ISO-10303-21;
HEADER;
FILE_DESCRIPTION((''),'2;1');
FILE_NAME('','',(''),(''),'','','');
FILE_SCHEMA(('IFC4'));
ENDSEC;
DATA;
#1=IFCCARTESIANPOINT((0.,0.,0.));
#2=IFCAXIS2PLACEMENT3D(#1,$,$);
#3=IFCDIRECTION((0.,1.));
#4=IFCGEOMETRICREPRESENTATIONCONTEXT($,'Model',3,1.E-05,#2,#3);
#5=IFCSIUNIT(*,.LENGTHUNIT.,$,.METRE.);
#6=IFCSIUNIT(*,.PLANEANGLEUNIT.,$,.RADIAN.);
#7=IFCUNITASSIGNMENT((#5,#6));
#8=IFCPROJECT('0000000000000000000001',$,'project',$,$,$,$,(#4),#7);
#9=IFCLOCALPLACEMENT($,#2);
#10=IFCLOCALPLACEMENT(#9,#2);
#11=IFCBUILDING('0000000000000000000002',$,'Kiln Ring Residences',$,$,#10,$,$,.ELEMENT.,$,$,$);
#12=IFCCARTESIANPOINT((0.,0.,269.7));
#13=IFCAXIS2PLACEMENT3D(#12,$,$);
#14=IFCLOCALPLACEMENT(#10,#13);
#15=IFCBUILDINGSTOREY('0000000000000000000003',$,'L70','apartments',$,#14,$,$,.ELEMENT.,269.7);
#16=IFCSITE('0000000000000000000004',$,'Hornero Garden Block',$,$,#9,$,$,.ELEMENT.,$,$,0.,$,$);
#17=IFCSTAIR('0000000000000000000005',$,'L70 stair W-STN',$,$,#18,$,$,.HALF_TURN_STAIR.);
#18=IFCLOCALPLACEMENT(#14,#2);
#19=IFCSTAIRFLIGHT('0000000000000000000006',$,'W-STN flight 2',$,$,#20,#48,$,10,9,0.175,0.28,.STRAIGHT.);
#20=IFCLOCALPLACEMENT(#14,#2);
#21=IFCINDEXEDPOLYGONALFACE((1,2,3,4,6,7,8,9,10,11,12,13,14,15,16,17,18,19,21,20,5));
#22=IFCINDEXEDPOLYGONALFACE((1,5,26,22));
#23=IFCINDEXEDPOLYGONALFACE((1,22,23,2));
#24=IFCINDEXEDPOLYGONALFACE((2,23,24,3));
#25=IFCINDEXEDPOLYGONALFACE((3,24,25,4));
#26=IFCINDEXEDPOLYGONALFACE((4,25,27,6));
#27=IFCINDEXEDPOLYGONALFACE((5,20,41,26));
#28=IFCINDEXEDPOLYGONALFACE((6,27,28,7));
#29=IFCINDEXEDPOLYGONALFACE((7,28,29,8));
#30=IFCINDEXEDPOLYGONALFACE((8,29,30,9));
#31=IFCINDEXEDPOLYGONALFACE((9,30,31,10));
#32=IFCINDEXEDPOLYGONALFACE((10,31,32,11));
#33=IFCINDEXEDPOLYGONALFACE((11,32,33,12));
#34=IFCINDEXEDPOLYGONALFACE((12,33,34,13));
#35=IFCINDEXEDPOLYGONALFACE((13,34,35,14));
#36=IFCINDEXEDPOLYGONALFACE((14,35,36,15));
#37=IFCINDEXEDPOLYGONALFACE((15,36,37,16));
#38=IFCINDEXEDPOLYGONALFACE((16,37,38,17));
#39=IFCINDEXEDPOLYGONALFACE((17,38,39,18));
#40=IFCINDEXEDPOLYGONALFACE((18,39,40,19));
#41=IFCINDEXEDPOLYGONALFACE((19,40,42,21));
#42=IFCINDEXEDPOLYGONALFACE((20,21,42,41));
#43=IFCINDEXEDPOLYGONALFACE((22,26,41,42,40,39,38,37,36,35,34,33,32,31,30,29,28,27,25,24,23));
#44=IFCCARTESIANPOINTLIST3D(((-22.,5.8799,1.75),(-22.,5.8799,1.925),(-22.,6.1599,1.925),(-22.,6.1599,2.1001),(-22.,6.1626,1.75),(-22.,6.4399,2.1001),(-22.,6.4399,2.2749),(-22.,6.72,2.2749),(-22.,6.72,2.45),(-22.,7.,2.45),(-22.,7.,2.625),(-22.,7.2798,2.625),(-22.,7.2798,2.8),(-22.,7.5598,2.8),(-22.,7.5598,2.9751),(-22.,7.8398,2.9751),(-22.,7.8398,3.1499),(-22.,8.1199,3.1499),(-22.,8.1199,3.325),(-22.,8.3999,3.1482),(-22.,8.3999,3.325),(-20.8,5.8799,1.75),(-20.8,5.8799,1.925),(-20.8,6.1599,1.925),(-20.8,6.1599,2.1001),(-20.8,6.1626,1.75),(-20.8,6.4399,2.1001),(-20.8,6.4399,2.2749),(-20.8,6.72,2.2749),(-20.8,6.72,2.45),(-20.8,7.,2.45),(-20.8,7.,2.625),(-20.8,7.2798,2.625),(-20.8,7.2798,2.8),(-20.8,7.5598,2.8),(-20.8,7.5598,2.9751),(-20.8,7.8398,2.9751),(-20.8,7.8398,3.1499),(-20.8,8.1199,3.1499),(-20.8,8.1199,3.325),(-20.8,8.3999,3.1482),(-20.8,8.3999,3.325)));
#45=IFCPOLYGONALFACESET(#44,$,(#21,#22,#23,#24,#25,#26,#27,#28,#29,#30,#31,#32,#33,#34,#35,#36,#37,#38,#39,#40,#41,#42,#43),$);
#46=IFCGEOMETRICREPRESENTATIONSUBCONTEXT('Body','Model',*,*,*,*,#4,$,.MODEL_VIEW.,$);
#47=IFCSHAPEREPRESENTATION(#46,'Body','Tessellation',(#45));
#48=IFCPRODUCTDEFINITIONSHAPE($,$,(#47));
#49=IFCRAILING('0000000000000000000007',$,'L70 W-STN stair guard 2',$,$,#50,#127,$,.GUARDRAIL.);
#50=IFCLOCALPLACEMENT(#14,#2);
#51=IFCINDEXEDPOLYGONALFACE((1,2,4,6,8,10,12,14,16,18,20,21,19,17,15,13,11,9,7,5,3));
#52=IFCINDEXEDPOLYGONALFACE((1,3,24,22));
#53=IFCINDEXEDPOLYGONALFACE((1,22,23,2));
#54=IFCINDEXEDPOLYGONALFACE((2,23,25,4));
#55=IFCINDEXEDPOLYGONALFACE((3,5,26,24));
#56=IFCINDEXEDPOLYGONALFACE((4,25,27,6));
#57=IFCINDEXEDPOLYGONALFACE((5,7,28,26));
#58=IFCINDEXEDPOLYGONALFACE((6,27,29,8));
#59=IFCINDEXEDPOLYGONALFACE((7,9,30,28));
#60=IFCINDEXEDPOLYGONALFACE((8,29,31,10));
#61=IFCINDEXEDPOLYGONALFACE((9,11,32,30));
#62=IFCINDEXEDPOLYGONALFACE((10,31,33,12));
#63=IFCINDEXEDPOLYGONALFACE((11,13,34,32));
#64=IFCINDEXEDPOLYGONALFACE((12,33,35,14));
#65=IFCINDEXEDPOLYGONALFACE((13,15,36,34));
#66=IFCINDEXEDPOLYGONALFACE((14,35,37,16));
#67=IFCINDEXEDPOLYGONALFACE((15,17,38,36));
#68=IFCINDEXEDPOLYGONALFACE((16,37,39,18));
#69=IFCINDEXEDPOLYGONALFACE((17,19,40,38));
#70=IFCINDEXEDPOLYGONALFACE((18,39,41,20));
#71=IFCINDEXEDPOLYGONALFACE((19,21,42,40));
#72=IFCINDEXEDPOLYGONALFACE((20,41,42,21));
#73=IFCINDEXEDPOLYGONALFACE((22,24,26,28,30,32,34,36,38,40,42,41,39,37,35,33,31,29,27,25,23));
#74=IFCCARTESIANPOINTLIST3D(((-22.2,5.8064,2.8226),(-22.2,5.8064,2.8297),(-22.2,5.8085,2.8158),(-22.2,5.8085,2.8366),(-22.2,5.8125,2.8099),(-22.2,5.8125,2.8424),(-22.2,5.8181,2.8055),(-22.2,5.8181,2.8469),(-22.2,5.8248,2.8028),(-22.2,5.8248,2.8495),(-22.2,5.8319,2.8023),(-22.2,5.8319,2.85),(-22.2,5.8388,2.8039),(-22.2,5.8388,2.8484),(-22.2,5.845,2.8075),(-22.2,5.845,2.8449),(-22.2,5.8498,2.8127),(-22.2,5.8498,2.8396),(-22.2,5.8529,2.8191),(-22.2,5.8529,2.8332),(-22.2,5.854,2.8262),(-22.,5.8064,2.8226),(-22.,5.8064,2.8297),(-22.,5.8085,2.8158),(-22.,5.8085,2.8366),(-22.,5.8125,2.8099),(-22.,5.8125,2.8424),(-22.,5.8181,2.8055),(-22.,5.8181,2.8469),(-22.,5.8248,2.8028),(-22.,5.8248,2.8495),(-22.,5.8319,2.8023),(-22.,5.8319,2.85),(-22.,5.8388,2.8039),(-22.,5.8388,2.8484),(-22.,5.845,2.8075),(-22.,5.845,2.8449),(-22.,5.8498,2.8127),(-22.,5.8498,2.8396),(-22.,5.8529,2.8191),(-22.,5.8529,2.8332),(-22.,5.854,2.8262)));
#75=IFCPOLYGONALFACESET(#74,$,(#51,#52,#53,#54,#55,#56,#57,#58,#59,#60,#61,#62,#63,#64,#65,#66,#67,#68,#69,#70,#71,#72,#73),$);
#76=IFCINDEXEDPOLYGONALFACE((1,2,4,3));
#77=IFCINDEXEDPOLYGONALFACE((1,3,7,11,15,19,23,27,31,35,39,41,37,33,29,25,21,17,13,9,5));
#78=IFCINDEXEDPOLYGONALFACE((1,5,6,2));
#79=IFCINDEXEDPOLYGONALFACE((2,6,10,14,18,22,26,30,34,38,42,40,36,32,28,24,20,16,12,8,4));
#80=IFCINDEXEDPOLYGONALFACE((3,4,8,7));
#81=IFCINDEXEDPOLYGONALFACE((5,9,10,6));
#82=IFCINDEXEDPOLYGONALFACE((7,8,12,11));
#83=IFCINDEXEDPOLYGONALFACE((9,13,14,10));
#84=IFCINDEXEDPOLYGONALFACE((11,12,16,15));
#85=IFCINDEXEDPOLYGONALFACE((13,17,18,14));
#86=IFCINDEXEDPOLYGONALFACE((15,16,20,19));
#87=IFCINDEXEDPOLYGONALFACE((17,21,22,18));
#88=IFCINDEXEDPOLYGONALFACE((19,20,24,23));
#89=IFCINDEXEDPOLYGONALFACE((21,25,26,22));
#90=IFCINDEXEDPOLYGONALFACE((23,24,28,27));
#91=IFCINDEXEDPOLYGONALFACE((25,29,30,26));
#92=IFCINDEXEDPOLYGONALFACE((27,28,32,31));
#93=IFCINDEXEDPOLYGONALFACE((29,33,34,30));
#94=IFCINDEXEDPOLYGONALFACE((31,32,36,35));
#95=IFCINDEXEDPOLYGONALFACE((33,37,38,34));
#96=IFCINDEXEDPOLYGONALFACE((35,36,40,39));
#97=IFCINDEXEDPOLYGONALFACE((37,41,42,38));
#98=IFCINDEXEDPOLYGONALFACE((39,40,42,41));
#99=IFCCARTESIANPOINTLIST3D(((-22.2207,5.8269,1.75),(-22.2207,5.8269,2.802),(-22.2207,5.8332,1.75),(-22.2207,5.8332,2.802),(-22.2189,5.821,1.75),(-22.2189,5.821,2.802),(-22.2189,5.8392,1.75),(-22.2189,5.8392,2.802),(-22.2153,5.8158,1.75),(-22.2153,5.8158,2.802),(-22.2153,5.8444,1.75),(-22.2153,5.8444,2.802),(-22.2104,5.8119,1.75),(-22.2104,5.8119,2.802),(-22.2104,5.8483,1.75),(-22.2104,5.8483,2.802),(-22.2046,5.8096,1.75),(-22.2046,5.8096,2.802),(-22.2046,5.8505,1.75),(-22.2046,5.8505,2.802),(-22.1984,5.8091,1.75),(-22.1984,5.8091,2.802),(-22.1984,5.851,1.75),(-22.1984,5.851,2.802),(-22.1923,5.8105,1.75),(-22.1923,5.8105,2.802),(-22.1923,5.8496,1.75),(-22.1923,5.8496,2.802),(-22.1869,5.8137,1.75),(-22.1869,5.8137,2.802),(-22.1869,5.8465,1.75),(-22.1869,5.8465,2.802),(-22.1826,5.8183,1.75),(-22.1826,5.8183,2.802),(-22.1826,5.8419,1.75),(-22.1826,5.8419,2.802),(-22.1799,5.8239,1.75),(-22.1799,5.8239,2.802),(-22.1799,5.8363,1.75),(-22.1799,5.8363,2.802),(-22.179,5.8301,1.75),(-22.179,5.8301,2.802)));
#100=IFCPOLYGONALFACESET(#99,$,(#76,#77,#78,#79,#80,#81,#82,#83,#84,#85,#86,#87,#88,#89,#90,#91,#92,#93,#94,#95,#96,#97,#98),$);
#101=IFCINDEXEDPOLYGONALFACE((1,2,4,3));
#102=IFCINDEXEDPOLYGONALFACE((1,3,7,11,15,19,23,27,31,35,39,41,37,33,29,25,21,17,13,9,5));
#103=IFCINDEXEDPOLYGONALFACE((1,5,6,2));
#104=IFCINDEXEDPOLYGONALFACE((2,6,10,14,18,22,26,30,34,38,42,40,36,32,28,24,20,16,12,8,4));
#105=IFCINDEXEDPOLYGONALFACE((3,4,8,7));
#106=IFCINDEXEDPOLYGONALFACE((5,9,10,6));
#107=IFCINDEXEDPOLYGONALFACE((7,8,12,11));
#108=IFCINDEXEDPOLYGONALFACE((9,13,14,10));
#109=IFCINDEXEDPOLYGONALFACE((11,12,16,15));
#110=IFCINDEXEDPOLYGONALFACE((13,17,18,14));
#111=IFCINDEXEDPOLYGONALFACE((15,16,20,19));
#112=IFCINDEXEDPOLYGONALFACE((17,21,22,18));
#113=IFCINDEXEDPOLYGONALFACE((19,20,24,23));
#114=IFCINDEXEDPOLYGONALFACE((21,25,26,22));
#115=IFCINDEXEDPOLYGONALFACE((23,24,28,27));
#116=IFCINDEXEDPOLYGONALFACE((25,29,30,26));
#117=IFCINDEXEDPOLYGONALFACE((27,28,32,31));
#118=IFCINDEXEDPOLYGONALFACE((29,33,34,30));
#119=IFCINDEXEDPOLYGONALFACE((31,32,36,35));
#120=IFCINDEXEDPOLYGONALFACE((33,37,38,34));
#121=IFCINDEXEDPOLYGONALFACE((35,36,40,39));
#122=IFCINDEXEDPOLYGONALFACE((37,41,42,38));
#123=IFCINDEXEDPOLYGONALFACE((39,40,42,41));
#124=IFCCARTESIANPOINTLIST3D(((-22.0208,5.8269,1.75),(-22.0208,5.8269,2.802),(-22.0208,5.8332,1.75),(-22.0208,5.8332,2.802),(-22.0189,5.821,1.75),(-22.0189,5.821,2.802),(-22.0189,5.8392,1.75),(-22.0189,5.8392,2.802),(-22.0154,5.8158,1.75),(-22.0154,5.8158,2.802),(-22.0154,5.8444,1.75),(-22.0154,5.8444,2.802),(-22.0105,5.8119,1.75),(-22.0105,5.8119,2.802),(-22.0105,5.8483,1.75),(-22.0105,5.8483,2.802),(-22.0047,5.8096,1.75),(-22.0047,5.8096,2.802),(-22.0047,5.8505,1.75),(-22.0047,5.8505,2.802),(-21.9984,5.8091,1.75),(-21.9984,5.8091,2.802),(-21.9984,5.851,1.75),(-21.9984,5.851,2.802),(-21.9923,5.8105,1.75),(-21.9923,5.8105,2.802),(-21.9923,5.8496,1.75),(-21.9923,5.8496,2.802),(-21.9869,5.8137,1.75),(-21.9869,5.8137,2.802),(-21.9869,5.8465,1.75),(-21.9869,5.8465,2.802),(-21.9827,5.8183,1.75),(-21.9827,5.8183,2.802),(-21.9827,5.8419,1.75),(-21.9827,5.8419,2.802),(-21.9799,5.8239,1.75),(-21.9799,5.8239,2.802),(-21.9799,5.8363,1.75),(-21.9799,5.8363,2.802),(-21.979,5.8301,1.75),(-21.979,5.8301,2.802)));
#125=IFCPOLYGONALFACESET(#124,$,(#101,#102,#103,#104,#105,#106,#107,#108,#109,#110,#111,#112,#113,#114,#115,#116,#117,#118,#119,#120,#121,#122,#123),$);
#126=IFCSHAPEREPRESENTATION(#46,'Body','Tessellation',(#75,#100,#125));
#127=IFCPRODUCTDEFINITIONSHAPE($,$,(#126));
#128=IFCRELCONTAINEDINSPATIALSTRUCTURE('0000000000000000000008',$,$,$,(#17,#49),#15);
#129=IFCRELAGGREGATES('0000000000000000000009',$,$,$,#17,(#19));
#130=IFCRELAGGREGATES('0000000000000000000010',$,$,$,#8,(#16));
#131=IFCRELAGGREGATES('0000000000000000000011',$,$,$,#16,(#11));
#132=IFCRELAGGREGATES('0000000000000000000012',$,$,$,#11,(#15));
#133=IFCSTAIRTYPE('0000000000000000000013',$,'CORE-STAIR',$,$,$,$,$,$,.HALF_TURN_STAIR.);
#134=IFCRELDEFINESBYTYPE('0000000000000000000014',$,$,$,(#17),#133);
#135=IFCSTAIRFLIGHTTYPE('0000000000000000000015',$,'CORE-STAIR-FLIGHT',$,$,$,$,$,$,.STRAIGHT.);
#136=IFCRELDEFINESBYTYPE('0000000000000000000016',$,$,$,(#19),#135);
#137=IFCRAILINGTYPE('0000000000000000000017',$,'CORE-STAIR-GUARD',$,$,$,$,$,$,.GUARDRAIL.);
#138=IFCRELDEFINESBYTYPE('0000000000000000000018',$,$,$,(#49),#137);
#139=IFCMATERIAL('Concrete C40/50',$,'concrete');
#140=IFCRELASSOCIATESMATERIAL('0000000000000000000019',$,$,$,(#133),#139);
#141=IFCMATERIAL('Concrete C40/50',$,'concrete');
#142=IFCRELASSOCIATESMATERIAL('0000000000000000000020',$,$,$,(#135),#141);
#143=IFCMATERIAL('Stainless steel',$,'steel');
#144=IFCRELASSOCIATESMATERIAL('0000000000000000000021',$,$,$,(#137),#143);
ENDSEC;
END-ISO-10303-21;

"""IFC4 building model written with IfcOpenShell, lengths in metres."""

from ifc_helpers import new_model, si_unit, direction, frame, origin, origin_2d, place, context, subcontext, project, spatial, polyline, circle, outline, extrude, material, type_object, element, aggregate, save


model = new_model("IFC4")

# Units and contexts
model_context = context("Model", 3, precision=1e-05, world=origin(), true_north=direction((0.0, 1.0)))
body_context = subcontext(model_context, "Body", "Model", "MODEL_VIEW")
ifc_project = project(units=[si_unit("LENGTHUNIT", "METRE"), si_unit("PLANEANGLEUNIT", "RADIAN")], contexts=[model_context])

# Site, building, storey
site_placement = place(None, origin())
site = spatial("IfcSite", under=ifc_project, at=site_placement, Name="Hornero Garden Block", CompositionType="ELEMENT", RefElevation=0.0)
building_placement = place(site_placement, origin())
building = spatial("IfcBuilding", under=site, at=building_placement, Name="Kiln Ring Residences", CompositionType="ELEMENT")
storey_placement = place(building_placement, frame((0.0, 0.0, 269.7)))
storey = spatial("IfcBuildingStorey", under=building, at=storey_placement, Name="L70", Description="apartments", CompositionType="ELEMENT", Elevation=269.7)

# Stair, stair flight
ifc_material_1 = material(Name="Concrete C40/50", Category="concrete")
stair_type = type_object("IfcStairType", Name="CORE-STAIR", PredefinedType="HALF_TURN_STAIR", material=ifc_material_1)
stair_placement = place(storey_placement, origin())
stair = element("IfcStair", 1, at=stair_placement, inside=storey, type_object=stair_type, Name="L70 stair W-STN", PredefinedType="HALF_TURN_STAIR")
ifc_material_2 = material(Name="Concrete C40/50", Category="concrete")
stair_flight_type = type_object("IfcStairFlightType", Name="CORE-STAIR-FLIGHT", PredefinedType="STRAIGHT", material=ifc_material_2)
stair_flight_placement = place(storey_placement, frame((-21.3999, 5.8799, 1.75), z_axis=(0.0, 0.0, 1.0), x_axis=(0.0, 1.0, 0.0)))
stair_flight = element("IfcStairFlight", 2, at=stair_flight_placement, type_object=stair_flight_type, Name="W-STN flight 2", NumberOfRisers=10, NumberOfTreads=9, PredefinedType="STRAIGHT", RiserHeight=0.175, TreadLength=0.28, context=body_context, shape_type="SweptSolid", body=[
    extrude(outline(polyline([(0.0, 0.0), (0.0, 0.175), (0.28, 0.175), (0.28, 0.3501), (0.5601, 0.3501), (0.5601, 0.5249), (0.8401, 0.5249), (0.8401, 0.7), (1.1201, 0.7), (1.1201, 0.875), (1.3999, 0.875), (1.3999, 1.05), (1.6799, 1.05), (1.6799, 1.2251), (1.96, 1.2251), (1.96, 1.3999), (2.24, 1.3999), (2.24, 1.575), (2.52, 1.575), (2.52, 1.75), (2.52, 1.3982), (0.2827, 0.0), (0.0, 0.0)])), frame((0.0, 0.6001, 0.0), z_axis=(0.0, -1.0, 0.0), x_axis=(1.0, 0.0, 0.0)), (0.0, 0.0, 1.0), 1.2),
])
aggregate(stair, [stair_flight])

# Railing
ifc_material_3 = material(Name="Stainless steel", Category="steel")
railing_type_1 = type_object("IfcRailingType", Name="CORE-STAIR-GUARD", PredefinedType="GUARDRAIL", material=ifc_material_3)
railing_1_placement = place(storey_placement, frame((-22.2, 5.8301, 1.75)))
element("IfcRailing", 3, at=railing_1_placement, inside=storey, type_object=railing_type_1, Name="L70 W-STN stair guard 2", PredefinedType="GUARDRAIL", context=body_context, shape_type="SweptSolid", body=[
    extrude(circle(Radius=0.0239, at=origin_2d()), frame((0.0, 0.0, 1.0762), z_axis=(1.0, 0.0, 0.0), x_axis=(0.0, 1.0, 0.0)), (0.0, 0.0, 1.0), 0.2),
    extrude(circle(Radius=0.021, at=origin_2d()), origin(), (0.0, 0.0, 1.0), 1.052),
    extrude(circle(Radius=0.021, at=origin_2d()), frame((0.2, 0.0, 0.0)), (0.0, 0.0, 1.0), 1.052),
])

save(model, "model.ifc")
